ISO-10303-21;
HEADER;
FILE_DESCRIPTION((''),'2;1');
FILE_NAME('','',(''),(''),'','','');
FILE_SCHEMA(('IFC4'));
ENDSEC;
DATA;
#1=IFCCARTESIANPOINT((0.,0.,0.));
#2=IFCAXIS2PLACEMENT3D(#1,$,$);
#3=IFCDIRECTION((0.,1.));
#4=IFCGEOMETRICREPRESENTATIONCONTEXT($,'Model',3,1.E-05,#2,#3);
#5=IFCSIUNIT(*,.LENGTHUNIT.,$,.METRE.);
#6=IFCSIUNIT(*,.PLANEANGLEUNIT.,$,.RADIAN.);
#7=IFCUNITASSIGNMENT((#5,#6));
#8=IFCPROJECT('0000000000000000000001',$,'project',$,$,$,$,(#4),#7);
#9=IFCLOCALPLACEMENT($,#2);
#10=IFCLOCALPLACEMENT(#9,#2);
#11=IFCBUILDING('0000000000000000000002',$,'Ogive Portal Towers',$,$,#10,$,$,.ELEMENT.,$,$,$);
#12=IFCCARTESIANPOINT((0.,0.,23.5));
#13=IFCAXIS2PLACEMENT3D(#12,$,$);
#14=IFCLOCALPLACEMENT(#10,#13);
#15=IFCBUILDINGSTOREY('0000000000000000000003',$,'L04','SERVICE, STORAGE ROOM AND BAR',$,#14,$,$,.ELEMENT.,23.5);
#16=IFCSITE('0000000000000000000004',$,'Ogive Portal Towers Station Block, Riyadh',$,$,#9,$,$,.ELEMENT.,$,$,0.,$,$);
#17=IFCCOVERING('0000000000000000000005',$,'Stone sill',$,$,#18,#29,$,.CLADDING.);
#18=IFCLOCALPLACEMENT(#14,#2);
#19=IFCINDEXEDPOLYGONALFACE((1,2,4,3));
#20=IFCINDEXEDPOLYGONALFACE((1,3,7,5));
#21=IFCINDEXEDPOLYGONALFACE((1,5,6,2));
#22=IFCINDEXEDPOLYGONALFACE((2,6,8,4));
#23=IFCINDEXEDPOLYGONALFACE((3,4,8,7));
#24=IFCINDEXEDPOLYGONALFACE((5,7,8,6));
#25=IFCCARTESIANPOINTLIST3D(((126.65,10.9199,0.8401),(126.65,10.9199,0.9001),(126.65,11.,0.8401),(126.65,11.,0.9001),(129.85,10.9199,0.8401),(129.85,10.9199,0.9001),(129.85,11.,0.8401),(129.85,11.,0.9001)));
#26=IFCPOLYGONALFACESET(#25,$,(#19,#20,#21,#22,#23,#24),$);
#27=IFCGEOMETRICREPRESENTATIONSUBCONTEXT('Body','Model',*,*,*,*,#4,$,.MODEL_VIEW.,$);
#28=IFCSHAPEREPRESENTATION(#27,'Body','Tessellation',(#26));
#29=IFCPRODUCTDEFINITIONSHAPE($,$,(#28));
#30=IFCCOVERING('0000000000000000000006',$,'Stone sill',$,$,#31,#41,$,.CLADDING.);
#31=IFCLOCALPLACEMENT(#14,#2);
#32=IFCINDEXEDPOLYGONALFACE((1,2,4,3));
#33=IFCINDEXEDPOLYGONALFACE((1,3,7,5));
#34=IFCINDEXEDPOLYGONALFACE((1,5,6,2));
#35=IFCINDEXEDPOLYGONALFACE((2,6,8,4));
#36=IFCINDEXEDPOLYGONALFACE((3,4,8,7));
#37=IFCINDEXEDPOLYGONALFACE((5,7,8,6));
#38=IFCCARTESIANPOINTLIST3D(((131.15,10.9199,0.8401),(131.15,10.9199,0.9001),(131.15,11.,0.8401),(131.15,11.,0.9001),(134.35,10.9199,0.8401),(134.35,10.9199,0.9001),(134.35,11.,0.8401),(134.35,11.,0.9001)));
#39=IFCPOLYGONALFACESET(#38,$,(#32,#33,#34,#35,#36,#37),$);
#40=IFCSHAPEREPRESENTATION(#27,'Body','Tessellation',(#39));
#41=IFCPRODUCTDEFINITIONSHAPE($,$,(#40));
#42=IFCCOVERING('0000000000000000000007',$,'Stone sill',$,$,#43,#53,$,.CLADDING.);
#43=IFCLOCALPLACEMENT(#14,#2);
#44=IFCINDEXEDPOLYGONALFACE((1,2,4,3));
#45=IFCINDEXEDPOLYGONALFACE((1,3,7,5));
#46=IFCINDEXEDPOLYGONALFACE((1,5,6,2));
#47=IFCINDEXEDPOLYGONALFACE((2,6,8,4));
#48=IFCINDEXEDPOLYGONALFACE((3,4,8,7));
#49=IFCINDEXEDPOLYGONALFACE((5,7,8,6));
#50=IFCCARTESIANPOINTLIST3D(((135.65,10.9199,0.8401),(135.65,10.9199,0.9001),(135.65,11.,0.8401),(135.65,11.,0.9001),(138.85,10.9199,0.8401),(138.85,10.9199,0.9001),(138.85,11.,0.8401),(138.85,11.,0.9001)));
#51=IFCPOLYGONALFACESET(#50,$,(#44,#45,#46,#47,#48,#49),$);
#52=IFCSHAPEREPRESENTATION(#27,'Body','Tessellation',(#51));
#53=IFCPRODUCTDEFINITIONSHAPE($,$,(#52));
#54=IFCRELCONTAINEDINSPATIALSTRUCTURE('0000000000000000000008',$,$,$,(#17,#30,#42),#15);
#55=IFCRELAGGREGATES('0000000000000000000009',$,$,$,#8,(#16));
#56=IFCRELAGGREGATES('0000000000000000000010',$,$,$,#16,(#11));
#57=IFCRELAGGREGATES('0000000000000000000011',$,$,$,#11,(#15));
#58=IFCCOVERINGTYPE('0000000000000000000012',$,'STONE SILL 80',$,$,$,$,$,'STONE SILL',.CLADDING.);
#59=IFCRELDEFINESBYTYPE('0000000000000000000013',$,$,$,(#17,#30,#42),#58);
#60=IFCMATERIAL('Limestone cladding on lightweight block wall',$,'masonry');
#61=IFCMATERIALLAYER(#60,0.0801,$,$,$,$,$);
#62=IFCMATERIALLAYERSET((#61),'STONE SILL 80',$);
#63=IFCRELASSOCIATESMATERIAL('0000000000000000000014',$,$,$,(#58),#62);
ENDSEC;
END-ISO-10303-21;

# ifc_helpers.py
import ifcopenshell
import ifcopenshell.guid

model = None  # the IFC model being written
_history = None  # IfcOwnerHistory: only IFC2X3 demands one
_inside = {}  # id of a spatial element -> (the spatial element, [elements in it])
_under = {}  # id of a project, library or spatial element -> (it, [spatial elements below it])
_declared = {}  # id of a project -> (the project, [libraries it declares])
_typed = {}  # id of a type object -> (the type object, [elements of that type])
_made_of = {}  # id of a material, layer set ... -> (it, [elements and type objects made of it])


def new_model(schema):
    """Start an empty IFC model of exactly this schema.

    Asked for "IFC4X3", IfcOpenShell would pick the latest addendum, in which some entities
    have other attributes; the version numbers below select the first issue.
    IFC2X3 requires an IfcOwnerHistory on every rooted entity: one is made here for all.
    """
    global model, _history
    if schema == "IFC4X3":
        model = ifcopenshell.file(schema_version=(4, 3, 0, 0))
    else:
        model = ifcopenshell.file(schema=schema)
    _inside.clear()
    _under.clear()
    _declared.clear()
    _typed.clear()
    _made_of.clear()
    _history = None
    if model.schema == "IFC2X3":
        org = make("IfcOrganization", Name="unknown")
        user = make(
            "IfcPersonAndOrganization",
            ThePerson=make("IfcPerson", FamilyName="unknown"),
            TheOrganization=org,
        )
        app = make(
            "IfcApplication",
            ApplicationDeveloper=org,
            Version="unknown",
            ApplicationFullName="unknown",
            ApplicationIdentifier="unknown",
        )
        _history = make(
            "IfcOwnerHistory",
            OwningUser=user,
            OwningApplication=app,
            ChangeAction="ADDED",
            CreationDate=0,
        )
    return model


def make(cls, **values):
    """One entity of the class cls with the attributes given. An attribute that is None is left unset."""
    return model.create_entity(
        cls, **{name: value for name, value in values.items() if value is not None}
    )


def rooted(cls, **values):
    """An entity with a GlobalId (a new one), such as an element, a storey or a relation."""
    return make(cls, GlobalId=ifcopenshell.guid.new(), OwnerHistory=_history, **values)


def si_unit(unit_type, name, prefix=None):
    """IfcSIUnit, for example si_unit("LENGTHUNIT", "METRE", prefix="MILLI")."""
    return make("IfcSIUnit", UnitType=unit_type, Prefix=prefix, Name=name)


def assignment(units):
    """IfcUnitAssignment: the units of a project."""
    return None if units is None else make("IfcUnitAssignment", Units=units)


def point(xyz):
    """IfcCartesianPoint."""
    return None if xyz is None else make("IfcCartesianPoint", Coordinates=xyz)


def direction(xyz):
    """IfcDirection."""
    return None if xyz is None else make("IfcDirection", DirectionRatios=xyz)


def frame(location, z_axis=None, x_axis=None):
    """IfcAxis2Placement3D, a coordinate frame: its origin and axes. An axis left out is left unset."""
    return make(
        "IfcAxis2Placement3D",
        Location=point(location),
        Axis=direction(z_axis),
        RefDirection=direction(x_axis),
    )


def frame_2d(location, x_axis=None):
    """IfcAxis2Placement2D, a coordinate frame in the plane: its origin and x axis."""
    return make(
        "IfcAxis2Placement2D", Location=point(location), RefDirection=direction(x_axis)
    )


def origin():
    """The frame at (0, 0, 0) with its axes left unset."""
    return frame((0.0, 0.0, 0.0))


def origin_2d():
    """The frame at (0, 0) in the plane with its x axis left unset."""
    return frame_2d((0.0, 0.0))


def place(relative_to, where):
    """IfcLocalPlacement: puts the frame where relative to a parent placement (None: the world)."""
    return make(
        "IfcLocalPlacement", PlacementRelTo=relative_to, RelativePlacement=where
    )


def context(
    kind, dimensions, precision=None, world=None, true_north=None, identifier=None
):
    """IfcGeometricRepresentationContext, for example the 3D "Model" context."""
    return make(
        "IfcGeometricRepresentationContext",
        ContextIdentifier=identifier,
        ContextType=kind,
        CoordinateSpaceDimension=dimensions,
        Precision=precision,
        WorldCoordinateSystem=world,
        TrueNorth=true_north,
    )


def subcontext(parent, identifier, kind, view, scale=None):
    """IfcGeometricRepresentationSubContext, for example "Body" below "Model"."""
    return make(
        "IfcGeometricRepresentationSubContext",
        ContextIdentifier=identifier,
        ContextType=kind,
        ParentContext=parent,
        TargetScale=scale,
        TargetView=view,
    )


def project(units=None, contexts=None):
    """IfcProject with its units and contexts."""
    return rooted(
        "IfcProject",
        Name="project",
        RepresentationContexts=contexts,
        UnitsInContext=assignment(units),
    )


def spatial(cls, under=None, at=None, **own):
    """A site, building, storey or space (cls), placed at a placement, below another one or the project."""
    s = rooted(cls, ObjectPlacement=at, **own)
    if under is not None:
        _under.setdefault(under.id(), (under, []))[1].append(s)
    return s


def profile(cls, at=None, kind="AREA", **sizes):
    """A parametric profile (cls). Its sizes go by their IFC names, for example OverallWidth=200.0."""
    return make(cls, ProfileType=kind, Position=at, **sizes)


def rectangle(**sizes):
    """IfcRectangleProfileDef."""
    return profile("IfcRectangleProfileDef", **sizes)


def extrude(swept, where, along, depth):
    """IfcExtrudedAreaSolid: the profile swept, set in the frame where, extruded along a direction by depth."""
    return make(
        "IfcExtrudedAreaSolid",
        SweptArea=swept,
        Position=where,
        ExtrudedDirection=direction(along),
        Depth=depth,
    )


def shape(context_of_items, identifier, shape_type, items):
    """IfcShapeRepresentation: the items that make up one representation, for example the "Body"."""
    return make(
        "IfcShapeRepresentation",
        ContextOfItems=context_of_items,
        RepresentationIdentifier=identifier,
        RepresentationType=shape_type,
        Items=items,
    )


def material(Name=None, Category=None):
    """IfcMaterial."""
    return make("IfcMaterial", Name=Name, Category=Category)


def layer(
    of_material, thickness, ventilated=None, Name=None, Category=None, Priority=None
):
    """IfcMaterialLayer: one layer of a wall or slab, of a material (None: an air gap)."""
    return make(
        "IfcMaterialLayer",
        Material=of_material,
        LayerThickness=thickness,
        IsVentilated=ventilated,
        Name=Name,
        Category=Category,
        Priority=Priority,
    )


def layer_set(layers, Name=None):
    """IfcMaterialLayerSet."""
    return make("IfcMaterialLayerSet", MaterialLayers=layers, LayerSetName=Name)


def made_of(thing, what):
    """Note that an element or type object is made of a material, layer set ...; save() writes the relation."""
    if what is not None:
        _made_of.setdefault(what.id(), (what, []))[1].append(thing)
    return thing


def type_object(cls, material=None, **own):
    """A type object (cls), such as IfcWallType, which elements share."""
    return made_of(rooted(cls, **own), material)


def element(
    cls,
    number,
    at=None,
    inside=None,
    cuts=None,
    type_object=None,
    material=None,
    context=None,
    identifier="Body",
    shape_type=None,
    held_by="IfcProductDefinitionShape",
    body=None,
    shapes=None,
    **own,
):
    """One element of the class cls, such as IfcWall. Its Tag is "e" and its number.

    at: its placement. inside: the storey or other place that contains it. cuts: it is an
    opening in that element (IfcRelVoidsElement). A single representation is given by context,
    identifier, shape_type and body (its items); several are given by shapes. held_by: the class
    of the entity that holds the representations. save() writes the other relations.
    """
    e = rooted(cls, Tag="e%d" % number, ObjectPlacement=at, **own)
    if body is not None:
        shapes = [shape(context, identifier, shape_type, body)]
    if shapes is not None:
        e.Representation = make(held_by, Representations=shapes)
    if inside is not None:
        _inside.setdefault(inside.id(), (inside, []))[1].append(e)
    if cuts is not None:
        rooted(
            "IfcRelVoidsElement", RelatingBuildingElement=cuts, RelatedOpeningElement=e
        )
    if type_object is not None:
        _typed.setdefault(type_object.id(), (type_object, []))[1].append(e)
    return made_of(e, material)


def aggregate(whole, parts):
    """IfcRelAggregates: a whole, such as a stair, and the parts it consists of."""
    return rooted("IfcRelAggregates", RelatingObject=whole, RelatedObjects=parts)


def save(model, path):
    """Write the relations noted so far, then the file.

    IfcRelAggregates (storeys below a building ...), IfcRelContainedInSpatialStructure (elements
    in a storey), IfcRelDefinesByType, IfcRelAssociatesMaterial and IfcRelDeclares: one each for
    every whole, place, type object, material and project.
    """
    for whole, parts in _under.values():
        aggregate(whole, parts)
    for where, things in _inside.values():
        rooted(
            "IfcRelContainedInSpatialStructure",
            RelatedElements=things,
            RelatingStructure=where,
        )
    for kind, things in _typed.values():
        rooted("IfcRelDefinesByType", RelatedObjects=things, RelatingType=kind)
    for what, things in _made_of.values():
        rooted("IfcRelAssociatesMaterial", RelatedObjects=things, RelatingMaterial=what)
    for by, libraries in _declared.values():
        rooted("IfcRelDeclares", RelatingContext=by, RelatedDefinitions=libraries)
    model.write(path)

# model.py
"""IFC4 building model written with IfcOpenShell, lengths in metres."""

from ifc_helpers import new_model, si_unit, direction, frame, origin, origin_2d, place, context, subcontext, project, spatial, rectangle, extrude, material, layer, layer_set, type_object, element, save


model = new_model("IFC4")

# Units and contexts
model_context = context("Model", 3, precision=1e-05, world=origin(), true_north=direction((0.0, 1.0)))
body_context = subcontext(model_context, "Body", "Model", "MODEL_VIEW")
ifc_project = project(units=[si_unit("LENGTHUNIT", "METRE"), si_unit("PLANEANGLEUNIT", "RADIAN")], contexts=[model_context])

# Site, building, storey
site_placement = place(None, origin())
site = spatial("IfcSite", under=ifc_project, at=site_placement, Name="Ogive Portal Towers Station Block, Riyadh", CompositionType="ELEMENT", RefElevation=0.0)
building_placement = place(site_placement, origin())
building = spatial("IfcBuilding", under=site, at=building_placement, Name="Ogive Portal Towers", CompositionType="ELEMENT")
storey_placement = place(building_placement, frame((0.0, 0.0, 23.5)))
storey = spatial("IfcBuildingStorey", under=building, at=storey_placement, Name="L04", Description="SERVICE, STORAGE ROOM AND BAR", CompositionType="ELEMENT", Elevation=23.5)

# Coverings
ifc_material_1 = material(Name="Limestone cladding on lightweight block wall", Category="masonry")
ifc_layer_1 = layer(ifc_material_1, 0.0801)
ifc_layer_set_1 = layer_set([ifc_layer_1], Name="STONE SILL 80")
covering_type = type_object("IfcCoveringType", Name="STONE SILL 80", ElementType="STONE SILL", PredefinedType="CLADDING", material=ifc_layer_set_1)
for number, where, z_axis, x_axis, name in (
    (1, (128.25, 10.96, 0.8401), (0.0, 0.0, 1.0), (1.0, 0.0, 0.0), "Stone sill"),
    (2, (132.75, 10.96, 0.8401), (0.0, 0.0, 1.0), (1.0, 0.0, 0.0), "Stone sill"),
    (3, (137.25, 10.96, 0.8401), (0.0, 0.0, 1.0), (1.0, 0.0, 0.0), "Stone sill"),
):
    element("IfcCovering", number, at=place(storey_placement, frame(where, z_axis=z_axis, x_axis=x_axis)), inside=storey, type_object=covering_type, Name=name, PredefinedType="CLADDING", context=body_context, shape_type="SweptSolid", body=[
        extrude(rectangle(XDim=3.2, YDim=0.0801, at=origin_2d()), origin(), (0.0, 0.0, 1.0), 0.0601),
    ])

save(model, "model.ifc")
